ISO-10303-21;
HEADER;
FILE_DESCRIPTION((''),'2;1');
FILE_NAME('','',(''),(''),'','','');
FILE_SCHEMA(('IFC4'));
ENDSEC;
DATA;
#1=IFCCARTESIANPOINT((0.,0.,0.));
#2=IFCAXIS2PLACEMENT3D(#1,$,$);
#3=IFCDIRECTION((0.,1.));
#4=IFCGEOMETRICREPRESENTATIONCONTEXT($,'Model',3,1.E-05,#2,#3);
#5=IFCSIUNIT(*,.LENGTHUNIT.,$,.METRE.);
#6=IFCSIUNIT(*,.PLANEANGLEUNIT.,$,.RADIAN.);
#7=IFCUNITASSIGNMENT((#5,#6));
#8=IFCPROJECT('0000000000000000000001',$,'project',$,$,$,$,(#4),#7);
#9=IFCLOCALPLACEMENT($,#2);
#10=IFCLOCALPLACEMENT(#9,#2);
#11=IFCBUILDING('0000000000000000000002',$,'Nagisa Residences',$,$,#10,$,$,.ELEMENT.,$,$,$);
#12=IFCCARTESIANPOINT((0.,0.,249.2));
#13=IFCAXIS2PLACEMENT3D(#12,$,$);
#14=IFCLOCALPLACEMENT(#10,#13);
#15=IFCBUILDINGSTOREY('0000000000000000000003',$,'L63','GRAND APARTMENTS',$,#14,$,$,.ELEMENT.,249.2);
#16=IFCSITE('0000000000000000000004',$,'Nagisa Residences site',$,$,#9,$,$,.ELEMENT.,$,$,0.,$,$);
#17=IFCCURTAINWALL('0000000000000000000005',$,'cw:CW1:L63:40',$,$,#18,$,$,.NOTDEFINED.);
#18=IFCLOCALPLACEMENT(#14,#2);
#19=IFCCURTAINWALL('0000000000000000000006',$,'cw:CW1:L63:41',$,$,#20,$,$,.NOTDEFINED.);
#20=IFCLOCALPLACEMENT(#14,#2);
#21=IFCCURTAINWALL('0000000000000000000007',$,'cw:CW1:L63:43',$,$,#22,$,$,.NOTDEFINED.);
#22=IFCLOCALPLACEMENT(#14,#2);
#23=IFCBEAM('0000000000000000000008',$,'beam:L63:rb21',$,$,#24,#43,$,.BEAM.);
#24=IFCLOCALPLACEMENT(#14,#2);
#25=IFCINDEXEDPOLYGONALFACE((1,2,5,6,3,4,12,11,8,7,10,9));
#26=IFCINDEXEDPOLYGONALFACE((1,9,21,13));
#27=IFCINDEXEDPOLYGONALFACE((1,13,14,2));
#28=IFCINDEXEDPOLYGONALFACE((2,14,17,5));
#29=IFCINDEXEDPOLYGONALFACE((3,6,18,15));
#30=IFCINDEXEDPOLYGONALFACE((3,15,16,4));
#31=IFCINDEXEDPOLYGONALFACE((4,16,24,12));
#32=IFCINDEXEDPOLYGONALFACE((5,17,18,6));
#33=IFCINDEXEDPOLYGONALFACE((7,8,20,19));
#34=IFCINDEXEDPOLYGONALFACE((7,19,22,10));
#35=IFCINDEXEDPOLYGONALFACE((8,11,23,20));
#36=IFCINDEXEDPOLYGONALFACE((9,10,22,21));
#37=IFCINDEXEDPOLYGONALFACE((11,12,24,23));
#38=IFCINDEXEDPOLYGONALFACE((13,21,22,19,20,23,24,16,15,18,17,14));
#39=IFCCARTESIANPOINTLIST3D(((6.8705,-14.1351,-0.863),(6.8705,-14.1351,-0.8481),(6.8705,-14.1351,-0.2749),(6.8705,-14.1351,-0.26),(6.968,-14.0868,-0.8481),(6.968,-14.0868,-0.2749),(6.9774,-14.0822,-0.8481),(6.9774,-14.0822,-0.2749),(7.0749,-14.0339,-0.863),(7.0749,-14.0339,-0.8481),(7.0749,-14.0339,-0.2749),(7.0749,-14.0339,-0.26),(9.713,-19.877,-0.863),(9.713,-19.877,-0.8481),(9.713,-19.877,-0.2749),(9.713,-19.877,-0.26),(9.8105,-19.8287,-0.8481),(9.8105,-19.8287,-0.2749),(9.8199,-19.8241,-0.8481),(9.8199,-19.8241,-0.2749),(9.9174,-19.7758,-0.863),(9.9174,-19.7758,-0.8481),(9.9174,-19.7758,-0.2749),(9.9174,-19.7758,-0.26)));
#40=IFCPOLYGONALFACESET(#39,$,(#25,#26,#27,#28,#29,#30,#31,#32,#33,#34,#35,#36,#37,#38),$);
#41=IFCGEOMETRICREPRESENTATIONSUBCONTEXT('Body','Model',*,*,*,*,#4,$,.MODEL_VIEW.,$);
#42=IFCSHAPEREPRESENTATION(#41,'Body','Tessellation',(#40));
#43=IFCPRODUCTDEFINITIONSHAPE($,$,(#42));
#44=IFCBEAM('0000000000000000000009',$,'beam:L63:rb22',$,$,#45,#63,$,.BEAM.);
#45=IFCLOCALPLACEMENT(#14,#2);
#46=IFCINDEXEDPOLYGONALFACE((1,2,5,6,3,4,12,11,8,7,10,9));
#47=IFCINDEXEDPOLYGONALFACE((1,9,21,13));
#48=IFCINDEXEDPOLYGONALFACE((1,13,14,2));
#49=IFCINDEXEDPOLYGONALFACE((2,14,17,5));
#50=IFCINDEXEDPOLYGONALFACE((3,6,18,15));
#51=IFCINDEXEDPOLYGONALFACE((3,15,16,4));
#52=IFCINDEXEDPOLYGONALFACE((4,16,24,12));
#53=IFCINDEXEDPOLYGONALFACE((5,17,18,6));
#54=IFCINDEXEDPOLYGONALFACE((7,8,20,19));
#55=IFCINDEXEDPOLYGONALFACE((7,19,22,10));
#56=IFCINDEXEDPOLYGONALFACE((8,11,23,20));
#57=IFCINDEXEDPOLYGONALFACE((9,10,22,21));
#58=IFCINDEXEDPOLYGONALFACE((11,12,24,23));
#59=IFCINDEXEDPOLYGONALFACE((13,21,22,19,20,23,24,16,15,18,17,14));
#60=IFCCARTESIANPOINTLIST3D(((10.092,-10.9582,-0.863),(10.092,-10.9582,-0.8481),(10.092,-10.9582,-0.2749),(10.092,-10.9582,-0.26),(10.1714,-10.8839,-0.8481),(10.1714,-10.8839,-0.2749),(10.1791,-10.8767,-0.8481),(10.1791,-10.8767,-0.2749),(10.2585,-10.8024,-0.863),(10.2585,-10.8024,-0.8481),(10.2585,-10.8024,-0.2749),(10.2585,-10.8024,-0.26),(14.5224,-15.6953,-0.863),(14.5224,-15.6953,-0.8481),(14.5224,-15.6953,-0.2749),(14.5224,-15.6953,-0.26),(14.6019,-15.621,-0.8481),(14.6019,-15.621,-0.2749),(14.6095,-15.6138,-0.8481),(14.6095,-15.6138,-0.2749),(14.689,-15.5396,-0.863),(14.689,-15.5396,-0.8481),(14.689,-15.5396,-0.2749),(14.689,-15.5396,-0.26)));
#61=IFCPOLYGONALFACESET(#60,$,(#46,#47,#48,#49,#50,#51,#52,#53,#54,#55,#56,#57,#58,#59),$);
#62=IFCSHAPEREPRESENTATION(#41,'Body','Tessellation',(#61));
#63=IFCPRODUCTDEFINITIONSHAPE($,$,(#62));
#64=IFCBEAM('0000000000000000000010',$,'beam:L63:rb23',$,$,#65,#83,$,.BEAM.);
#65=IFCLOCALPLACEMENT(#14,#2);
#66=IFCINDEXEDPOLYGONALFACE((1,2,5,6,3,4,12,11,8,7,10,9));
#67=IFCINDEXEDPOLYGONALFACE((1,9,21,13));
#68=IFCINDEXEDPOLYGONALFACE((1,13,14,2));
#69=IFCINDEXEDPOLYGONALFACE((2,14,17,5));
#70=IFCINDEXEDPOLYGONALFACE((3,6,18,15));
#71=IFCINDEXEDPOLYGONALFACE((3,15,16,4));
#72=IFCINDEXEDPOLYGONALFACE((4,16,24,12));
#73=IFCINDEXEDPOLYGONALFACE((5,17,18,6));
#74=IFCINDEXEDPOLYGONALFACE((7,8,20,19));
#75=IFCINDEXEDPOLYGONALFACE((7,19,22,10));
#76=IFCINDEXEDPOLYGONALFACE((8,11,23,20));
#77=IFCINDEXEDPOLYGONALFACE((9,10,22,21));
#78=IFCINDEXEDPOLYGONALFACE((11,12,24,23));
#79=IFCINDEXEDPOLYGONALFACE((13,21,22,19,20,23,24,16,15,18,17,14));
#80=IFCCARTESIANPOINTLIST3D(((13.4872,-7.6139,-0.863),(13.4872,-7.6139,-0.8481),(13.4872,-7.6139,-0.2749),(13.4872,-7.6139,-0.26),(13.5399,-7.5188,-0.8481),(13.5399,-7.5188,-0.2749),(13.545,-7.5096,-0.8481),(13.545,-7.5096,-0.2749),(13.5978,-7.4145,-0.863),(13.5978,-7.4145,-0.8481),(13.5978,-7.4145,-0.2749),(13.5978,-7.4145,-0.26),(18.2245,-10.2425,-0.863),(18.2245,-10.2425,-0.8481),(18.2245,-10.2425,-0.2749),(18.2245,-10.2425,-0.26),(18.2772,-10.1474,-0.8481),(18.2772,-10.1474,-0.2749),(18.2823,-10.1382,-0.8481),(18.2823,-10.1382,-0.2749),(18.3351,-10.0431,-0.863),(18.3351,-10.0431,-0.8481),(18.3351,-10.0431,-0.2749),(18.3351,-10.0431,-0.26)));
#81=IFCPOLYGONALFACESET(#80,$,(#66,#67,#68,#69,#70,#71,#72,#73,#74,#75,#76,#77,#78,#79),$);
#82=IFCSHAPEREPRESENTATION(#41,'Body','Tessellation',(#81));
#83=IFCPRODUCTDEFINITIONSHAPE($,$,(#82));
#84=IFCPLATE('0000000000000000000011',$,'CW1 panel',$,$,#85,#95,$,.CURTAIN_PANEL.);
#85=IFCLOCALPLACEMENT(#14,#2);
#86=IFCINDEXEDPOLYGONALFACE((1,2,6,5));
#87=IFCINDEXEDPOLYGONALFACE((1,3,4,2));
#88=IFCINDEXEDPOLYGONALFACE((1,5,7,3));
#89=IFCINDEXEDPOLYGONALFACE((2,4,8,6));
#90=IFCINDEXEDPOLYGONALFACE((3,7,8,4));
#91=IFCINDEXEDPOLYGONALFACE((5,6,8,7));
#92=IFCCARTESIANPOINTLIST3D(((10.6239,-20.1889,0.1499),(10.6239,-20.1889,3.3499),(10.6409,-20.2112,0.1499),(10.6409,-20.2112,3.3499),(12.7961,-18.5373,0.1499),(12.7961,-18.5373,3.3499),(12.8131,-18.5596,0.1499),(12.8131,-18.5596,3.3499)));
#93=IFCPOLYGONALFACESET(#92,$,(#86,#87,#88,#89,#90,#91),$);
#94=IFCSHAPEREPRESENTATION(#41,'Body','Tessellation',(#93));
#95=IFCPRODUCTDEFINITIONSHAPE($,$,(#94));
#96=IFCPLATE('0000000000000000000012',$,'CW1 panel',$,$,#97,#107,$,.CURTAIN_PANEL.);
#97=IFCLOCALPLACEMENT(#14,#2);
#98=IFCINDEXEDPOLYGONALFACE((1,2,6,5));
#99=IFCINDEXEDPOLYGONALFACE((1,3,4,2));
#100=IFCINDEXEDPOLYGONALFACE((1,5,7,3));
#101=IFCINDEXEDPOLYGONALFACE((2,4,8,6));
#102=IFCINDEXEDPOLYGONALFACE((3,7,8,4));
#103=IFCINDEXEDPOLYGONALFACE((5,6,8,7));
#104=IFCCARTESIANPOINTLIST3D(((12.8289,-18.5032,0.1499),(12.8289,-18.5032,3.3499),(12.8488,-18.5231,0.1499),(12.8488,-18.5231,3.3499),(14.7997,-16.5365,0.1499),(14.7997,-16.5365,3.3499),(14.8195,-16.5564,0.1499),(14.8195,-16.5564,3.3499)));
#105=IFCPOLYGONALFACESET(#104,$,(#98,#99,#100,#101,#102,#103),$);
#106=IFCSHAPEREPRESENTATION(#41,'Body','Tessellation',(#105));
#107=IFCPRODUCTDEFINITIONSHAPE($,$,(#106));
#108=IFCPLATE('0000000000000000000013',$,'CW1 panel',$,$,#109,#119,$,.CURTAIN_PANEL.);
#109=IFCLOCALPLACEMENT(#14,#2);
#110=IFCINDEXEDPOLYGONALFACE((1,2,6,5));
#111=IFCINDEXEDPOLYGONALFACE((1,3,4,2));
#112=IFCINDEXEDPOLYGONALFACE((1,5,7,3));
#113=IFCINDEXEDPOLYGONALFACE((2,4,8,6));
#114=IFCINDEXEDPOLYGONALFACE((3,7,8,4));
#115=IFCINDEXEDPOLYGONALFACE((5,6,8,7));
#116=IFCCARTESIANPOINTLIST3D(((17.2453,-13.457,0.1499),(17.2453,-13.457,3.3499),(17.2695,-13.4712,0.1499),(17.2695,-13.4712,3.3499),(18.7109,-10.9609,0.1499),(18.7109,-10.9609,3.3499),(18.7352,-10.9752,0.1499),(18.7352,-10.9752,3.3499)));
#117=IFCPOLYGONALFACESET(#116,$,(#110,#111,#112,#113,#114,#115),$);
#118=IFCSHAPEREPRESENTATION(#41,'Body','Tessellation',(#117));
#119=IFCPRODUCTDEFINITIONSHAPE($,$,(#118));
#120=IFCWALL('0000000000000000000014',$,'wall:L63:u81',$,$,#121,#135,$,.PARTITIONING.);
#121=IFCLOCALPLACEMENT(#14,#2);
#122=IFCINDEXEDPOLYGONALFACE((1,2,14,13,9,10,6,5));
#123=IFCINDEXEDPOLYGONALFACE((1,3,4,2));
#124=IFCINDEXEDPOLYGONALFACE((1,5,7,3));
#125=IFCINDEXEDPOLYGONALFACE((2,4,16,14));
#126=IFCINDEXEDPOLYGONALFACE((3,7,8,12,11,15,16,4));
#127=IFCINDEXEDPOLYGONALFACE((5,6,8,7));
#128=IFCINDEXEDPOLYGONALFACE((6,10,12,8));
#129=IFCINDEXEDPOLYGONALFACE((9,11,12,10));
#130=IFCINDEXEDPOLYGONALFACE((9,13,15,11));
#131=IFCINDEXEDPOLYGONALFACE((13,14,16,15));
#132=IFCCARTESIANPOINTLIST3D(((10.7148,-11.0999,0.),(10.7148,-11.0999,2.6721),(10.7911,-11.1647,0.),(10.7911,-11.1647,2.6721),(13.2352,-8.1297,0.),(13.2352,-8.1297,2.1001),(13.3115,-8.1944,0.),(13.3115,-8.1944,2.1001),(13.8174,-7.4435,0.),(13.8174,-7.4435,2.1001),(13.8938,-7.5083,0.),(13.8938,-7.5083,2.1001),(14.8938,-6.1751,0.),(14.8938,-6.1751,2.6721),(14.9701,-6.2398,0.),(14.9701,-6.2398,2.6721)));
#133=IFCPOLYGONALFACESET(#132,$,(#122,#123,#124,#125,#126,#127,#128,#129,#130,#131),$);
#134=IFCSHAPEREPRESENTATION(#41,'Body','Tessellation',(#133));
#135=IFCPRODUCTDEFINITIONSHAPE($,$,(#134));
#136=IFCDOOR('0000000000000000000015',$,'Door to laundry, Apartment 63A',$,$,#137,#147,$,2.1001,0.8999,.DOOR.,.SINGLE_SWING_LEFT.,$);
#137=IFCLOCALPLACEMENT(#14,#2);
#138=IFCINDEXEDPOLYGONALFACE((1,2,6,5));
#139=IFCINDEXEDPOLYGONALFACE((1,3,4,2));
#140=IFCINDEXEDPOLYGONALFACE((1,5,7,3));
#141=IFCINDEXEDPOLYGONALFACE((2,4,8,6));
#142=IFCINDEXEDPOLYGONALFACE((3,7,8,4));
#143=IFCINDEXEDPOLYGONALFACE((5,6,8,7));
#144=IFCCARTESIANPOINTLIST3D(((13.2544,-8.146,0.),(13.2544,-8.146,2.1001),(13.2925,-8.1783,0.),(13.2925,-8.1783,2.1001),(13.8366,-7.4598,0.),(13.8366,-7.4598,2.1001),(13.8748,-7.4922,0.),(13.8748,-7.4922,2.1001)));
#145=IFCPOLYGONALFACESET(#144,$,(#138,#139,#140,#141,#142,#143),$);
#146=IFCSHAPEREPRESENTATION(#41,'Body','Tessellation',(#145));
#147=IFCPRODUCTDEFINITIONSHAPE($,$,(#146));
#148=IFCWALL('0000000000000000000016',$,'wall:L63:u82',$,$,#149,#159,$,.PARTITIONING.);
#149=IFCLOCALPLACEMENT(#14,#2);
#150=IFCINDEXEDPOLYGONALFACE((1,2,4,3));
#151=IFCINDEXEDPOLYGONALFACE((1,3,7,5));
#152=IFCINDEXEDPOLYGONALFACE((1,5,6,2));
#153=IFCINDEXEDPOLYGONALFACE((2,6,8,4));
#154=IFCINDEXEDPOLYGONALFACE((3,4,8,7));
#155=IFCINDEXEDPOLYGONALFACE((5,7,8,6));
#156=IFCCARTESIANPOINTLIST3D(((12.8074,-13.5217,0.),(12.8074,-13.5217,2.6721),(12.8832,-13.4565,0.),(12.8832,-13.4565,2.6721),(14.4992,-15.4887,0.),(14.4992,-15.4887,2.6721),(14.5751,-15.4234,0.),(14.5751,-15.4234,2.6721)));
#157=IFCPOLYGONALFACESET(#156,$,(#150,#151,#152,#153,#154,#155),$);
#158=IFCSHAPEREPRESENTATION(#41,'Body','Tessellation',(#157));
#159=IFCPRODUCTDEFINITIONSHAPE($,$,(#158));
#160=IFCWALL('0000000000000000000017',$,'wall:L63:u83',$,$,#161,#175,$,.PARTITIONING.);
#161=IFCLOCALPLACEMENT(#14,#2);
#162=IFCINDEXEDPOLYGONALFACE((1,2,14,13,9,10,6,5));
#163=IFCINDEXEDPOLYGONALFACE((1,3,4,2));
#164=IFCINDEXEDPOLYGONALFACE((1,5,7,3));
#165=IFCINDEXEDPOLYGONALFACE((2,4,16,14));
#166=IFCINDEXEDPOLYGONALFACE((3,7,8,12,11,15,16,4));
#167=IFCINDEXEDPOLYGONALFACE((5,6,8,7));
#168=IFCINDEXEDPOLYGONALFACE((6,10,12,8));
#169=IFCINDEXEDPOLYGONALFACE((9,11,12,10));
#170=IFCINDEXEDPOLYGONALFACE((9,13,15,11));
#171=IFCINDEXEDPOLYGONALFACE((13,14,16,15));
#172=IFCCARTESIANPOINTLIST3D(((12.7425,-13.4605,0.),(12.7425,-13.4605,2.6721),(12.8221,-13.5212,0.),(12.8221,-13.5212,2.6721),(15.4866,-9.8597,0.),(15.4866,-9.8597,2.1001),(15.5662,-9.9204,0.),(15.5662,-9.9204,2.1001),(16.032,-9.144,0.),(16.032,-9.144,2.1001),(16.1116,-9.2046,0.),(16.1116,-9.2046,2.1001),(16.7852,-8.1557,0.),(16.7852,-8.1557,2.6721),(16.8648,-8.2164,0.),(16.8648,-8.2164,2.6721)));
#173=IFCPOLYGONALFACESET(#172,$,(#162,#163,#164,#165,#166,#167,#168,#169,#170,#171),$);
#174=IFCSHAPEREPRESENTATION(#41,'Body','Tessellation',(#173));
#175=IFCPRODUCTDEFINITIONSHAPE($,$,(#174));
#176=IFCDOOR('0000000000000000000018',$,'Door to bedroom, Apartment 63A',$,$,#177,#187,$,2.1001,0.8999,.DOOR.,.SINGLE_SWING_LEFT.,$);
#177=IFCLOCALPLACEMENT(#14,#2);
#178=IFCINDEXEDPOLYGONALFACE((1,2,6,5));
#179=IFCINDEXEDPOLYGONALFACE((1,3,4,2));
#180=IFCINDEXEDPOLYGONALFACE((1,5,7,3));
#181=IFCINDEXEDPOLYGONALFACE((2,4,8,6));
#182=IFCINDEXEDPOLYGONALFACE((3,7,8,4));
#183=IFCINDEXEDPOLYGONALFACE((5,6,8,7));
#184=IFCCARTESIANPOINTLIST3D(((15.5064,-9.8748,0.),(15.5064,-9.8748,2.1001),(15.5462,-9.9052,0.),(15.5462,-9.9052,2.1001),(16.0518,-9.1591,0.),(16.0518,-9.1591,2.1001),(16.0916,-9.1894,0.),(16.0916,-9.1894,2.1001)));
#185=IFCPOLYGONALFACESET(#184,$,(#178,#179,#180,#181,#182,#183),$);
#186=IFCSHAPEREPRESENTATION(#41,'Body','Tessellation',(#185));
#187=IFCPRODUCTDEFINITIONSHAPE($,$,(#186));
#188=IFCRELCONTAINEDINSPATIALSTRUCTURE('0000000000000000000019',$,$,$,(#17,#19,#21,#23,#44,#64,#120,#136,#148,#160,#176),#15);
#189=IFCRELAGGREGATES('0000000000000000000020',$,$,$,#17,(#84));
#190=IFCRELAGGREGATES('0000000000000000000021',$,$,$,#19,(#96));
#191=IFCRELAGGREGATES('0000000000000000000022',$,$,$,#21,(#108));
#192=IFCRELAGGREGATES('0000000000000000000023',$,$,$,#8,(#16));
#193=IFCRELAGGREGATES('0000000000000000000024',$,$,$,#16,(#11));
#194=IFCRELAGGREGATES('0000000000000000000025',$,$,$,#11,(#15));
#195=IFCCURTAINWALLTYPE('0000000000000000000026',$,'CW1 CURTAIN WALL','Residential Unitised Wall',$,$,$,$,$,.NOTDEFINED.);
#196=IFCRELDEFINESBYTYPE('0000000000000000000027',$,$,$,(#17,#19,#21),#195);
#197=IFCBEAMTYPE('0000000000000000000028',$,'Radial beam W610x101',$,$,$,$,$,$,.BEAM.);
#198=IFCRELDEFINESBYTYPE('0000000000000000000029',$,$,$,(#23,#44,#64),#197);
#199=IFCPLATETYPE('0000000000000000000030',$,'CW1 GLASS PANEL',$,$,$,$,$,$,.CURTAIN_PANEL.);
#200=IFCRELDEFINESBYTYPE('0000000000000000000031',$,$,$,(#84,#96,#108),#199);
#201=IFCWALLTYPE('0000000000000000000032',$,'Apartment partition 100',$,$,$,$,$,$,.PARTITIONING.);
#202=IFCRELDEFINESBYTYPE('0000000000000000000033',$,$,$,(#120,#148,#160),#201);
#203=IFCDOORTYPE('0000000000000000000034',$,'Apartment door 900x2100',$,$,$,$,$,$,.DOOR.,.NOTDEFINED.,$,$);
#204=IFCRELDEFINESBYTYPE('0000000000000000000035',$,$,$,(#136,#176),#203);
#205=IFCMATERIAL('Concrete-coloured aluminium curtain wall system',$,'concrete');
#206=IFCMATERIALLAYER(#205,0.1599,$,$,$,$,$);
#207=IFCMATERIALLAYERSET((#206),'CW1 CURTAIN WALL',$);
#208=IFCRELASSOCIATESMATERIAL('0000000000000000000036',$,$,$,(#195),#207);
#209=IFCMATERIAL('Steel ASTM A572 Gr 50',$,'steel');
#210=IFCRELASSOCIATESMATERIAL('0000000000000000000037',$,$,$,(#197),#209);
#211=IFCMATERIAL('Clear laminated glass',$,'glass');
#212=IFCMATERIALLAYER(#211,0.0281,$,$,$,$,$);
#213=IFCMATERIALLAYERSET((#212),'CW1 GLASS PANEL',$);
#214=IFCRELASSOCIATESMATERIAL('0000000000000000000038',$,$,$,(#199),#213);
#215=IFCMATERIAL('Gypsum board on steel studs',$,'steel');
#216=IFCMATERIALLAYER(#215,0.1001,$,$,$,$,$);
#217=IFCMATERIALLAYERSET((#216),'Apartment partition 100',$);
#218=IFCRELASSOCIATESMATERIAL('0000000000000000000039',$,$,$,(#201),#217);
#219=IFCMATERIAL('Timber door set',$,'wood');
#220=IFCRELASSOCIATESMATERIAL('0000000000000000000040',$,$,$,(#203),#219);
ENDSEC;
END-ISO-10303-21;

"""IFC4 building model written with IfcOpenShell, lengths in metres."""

from ifc_helpers import new_model, si_unit, direction, frame, frame_2d, origin, origin_2d, place, context, subcontext, project, spatial, rectangle, i_section, extrude, material, layer, layer_set, material_profile, profile_set, type_object, element, fill, aggregate, save


model = new_model("IFC4")

# Units and contexts
model_context = context("Model", 3, precision=1e-05, world=origin(), true_north=direction((0.0, 1.0)))
body_context = subcontext(model_context, "Body", "Model", "MODEL_VIEW")
ifc_project = project(units=[si_unit("LENGTHUNIT", "METRE"), si_unit("PLANEANGLEUNIT", "RADIAN")], contexts=[model_context])

# Site, building, storey
site_placement = place(None, origin())
site = spatial("IfcSite", under=ifc_project, at=site_placement, Name="Nagisa Residences site", CompositionType="ELEMENT", RefElevation=0.0)
building_placement = place(site_placement, origin())
building = spatial("IfcBuilding", under=site, at=building_placement, Name="Nagisa Residences", CompositionType="ELEMENT")
storey_placement = place(building_placement, frame((0.0, 0.0, 249.2)))
storey = spatial("IfcBuildingStorey", under=building, at=storey_placement, Name="L63", Description="GRAND APARTMENTS", CompositionType="ELEMENT", Elevation=249.2)

# Curtain walls
ifc_material_1 = material(Name="Concrete-coloured aluminium curtain wall system", Category="concrete")
ifc_layer_1 = layer(ifc_material_1, 0.1599)
ifc_layer_set_1 = layer_set([ifc_layer_1], Name="CW1 CURTAIN WALL")
curtain_wall_type = type_object("IfcCurtainWallType", Name="CW1 CURTAIN WALL", Description="Residential Unitised Wall", PredefinedType="NOTDEFINED", material=ifc_layer_set_1)
curtain_wall_1_placement = place(storey_placement, origin())
curtain_wall_1 = element("IfcCurtainWall", 1, at=curtain_wall_1_placement, inside=storey, type_object=curtain_wall_type, Name="cw:CW1:L63:40", PredefinedType="NOTDEFINED")
curtain_wall_2_placement = place(storey_placement, origin())
curtain_wall_2 = element("IfcCurtainWall", 2, at=curtain_wall_2_placement, inside=storey, type_object=curtain_wall_type, Name="cw:CW1:L63:41", PredefinedType="NOTDEFINED")
curtain_wall_3_placement = place(storey_placement, origin())
curtain_wall_3 = element("IfcCurtainWall", 3, at=curtain_wall_3_placement, inside=storey, type_object=curtain_wall_type, Name="cw:CW1:L63:43", PredefinedType="NOTDEFINED")

# Beams
ifc_material_2 = material(Name="Steel ASTM A572 Gr 50", Category="steel")
ifc_material_profile_1 = material_profile(ifc_material_2, i_section(OverallWidth=0.228, OverallDepth=0.603, WebThickness=0.0105, FlangeThickness=0.0149, at=origin_2d()), Name="W610x101")
ifc_profile_set_1 = profile_set([ifc_material_profile_1], Name="Steel ASTM A572 Gr 50")
beam_type_1 = type_object("IfcBeamType", Name="Radial beam W610x101", PredefinedType="BEAM", material=ifc_profile_set_1)
beam_1_placement = place(storey_placement, frame((9.8152, -19.8264, -0.5615), z_axis=(-0.443659, 0.896196, 0.0), x_axis=(-0.896196, -0.443659, 0.0)))
element("IfcBeam", 4, at=beam_1_placement, inside=storey, type_object=beam_type_1, Name="beam:L63:rb21", PredefinedType="BEAM", context=body_context, shape_type="SweptSolid", body=[
    extrude(i_section(OverallWidth=0.228, OverallDepth=0.603, WebThickness=0.0105, FlangeThickness=0.0149, at=origin_2d()), origin(), (0.0, 0.0, 1.0), 6.407),
])
beam_2_placement = place(storey_placement, frame((14.6057, -15.6174, -0.5615), z_axis=(-0.683073, 0.73035, 0.0), x_axis=(-0.73035, -0.683073, 0.0)))
element("IfcBeam", 5, at=beam_2_placement, inside=storey, type_object=beam_type_1, Name="beam:L63:rb22", PredefinedType="BEAM", context=body_context, shape_type="SweptSolid", body=[
    extrude(i_section(OverallWidth=0.228, OverallDepth=0.603, WebThickness=0.0105, FlangeThickness=0.0149, at=origin_2d()), origin(), (0.0, 0.0, 1.0), 6.4861),
])
beam_3_placement = place(storey_placement, frame((18.2798, -10.1428, -0.5615), z_axis=(-0.874406, 0.485195, 0.0), x_axis=(-0.485195, -0.874406, 0.0)))
element("IfcBeam", 6, at=beam_3_placement, inside=storey, type_object=beam_type_1, Name="beam:L63:rb23", PredefinedType="BEAM", context=body_context, shape_type="SweptSolid", body=[
    extrude(i_section(OverallWidth=0.228, OverallDepth=0.603, WebThickness=0.0105, FlangeThickness=0.0149, at=origin_2d()), origin(), (0.0, 0.0, 1.0), 5.4177),
])

# Plates
ifc_material_3 = material(Name="Clear laminated glass", Category="glass")
ifc_layer_2 = layer(ifc_material_3, 0.0281)
ifc_layer_set_2 = layer_set([ifc_layer_2], Name="CW1 GLASS PANEL")
plate_type = type_object("IfcPlateType", Name="CW1 GLASS PANEL", PredefinedType="CURTAIN_PANEL", material=ifc_layer_set_2)
plate_1_placement = place(storey_placement, frame((11.7185, -19.3743, 0.1499), z_axis=(0.0, 0.0, 1.0), x_axis=(0.796031, 0.605255, 0.0)))
plate_1 = element("IfcPlate", 7, at=plate_1_placement, type_object=plate_type, Name="CW1 panel", PredefinedType="CURTAIN_PANEL", context=body_context, shape_type="SweptSolid", body=[
    extrude(rectangle(XDim=2.7288, YDim=0.0281, at=origin_2d()), origin(), (0.0, 0.0, 1.0), 3.2),
])
aggregate(curtain_wall_1, [plate_1])
plate_2_placement = place(storey_placement, frame((13.8242, -17.5298, 0.1499), z_axis=(0.0, 0.0, 1.0), x_axis=(0.707836, 0.706377, 0.0)))
plate_2 = element("IfcPlate", 8, at=plate_2_placement, type_object=plate_type, Name="CW1 panel", PredefinedType="CURTAIN_PANEL", context=body_context, shape_type="SweptSolid", body=[
    extrude(rectangle(XDim=2.7842, YDim=0.0281, at=origin_2d()), origin(), (0.0, 0.0, 1.0), 3.2),
])
aggregate(curtain_wall_2, [plate_2])
plate_3_placement = place(storey_placement, frame((17.9902, -12.2161, 0.1499), z_axis=(0.0, 0.0, 1.0), x_axis=(0.506349, 0.862329, 0.0)))
plate_3 = element("IfcPlate", 9, at=plate_3_placement, type_object=plate_type, Name="CW1 panel", PredefinedType="CURTAIN_PANEL", context=body_context, shape_type="SweptSolid", body=[
    extrude(rectangle(XDim=2.8945, YDim=0.0281, at=origin_2d()), origin(), (0.0, 0.0, 1.0), 3.2),
])
aggregate(curtain_wall_3, [plate_3])

# Wall, opening, door
ifc_material_4 = material(Name="Gypsum board on steel studs", Category="steel")
ifc_layer_3 = layer(ifc_material_4, 0.1001)
ifc_layer_set_3 = layer_set([ifc_layer_3], Name="Apartment partition 100")
wall_type_1 = type_object("IfcWallType", Name="Apartment partition 100", PredefinedType="PARTITIONING", material=ifc_layer_set_3)
wall_1_placement = place(storey_placement, frame((10.7529, -11.1323, 0.0), z_axis=(0.0, 0.0, 1.0), x_axis=(0.647007, 0.762484, 0.0)))
wall_1 = element("IfcWall", 10, at=wall_1_placement, inside=storey, type_object=wall_type_1, Name="wall:L63:u81", PredefinedType="PARTITIONING", context=body_context, shape_type="SweptSolid", body=[
    extrude(rectangle(XDim=6.459, YDim=0.1001, at=frame_2d((3.2295, 0.0))), origin(), (0.0, 0.0, 1.0), 2.6721),
])
opening_1_placement = place(wall_1_placement, frame((3.8955, 0.0, 0.0)))
opening_1 = element("IfcOpeningElement", 11, at=opening_1_placement, cuts=wall_1, PredefinedType="OPENING", context=body_context, shape_type="SweptSolid", body=[
    extrude(rectangle(XDim=0.8999, YDim=2.1001, at=frame_2d((0.45, 1.05))), frame((0.0, 0.0601, 0.0), z_axis=(0.0, -1.0, 0.0), x_axis=(1.0, 0.0, 0.0)), (0.0, 0.0, 1.0), 0.1201),
])
ifc_material_5 = material(Name="Timber door set", Category="wood")
door_type_1 = type_object("IfcDoorType", Name="Apartment door 900x2100", OperationType="NOTDEFINED", PredefinedType="DOOR", material=ifc_material_5)
door_1_placement = place(opening_1_placement, origin())
door_1 = element("IfcDoor", 12, at=door_1_placement, inside=storey, type_object=door_type_1, Name="Door to laundry, Apartment 63A", OperationType="SINGLE_SWING_LEFT", OverallHeight=2.1001, OverallWidth=0.8999, PredefinedType="DOOR", context=body_context, shape_type="SweptSolid", body=[
    extrude(rectangle(XDim=0.8999, YDim=2.1001, at=frame_2d((0.45, 1.05))), frame((0.0, 0.0249, 0.0), z_axis=(0.0, -1.0, 0.0), x_axis=(1.0, 0.0, 0.0)), (0.0, 0.0, 1.0), 0.05),
])
fill(opening_1, door_1)

# Wall
wall_2_placement = place(storey_placement, frame((12.8452, -13.489, 0.0), z_axis=(0.0, 0.0, 1.0), x_axis=(0.652092, -0.75814, 0.0)))
element("IfcWall", 13, at=wall_2_placement, inside=storey, type_object=wall_type_1, Name="wall:L63:u82", PredefinedType="PARTITIONING", context=body_context, shape_type="SweptSolid", body=[
    extrude(rectangle(XDim=2.5945, YDim=0.1001, at=frame_2d((1.2974, 0.0))), origin(), (0.0, 0.0, 1.0), 2.6721),
])

# Wall, opening, door
wall_3_placement = place(storey_placement, frame((12.7822, -13.491, 0.0), z_axis=(0.0, 0.0, 1.0), x_axis=(0.606126, 0.795369, 0.0)))
wall_3 = element("IfcWall", 14, at=wall_3_placement, inside=storey, type_object=wall_type_1, Name="wall:L63:u83", PredefinedType="PARTITIONING", context=body_context, shape_type="SweptSolid", body=[
    extrude(rectangle(XDim=6.6697, YDim=0.1001, at=frame_2d((3.335, 0.0))), origin(), (0.0, 0.0, 1.0), 2.6721),
])
opening_2_placement = place(wall_3_placement, frame((4.5273, 0.0, 0.0)))
opening_2 = element("IfcOpeningElement", 15, at=opening_2_placement, cuts=wall_3, PredefinedType="OPENING", context=body_context, shape_type="SweptSolid", body=[
    extrude(rectangle(XDim=0.8999, YDim=2.1001, at=frame_2d((0.45, 1.05))), frame((0.0, 0.0601, 0.0), z_axis=(0.0, -1.0, 0.0), x_axis=(1.0, 0.0, 0.0)), (0.0, 0.0, 1.0), 0.1201),
])
door_2_placement = place(opening_2_placement, frame((0.8999, 0.0, 0.0), x_axis=(-1.0, 0.0, 0.0)))
door_2 = element("IfcDoor", 16, at=door_2_placement, inside=storey, type_object=door_type_1, Name="Door to bedroom, Apartment 63A", OperationType="SINGLE_SWING_LEFT", OverallHeight=2.1001, OverallWidth=0.8999, PredefinedType="DOOR", context=body_context, shape_type="SweptSolid", body=[
    extrude(rectangle(XDim=0.8999, YDim=2.1001, at=frame_2d((0.45, 1.05))), frame((0.0, 0.0249, 0.0), z_axis=(0.0, -1.0, 0.0), x_axis=(1.0, 0.0, 0.0)), (0.0, 0.0, 1.0), 0.05),
])
fill(opening_2, door_2)

save(model, "model.ifc")
